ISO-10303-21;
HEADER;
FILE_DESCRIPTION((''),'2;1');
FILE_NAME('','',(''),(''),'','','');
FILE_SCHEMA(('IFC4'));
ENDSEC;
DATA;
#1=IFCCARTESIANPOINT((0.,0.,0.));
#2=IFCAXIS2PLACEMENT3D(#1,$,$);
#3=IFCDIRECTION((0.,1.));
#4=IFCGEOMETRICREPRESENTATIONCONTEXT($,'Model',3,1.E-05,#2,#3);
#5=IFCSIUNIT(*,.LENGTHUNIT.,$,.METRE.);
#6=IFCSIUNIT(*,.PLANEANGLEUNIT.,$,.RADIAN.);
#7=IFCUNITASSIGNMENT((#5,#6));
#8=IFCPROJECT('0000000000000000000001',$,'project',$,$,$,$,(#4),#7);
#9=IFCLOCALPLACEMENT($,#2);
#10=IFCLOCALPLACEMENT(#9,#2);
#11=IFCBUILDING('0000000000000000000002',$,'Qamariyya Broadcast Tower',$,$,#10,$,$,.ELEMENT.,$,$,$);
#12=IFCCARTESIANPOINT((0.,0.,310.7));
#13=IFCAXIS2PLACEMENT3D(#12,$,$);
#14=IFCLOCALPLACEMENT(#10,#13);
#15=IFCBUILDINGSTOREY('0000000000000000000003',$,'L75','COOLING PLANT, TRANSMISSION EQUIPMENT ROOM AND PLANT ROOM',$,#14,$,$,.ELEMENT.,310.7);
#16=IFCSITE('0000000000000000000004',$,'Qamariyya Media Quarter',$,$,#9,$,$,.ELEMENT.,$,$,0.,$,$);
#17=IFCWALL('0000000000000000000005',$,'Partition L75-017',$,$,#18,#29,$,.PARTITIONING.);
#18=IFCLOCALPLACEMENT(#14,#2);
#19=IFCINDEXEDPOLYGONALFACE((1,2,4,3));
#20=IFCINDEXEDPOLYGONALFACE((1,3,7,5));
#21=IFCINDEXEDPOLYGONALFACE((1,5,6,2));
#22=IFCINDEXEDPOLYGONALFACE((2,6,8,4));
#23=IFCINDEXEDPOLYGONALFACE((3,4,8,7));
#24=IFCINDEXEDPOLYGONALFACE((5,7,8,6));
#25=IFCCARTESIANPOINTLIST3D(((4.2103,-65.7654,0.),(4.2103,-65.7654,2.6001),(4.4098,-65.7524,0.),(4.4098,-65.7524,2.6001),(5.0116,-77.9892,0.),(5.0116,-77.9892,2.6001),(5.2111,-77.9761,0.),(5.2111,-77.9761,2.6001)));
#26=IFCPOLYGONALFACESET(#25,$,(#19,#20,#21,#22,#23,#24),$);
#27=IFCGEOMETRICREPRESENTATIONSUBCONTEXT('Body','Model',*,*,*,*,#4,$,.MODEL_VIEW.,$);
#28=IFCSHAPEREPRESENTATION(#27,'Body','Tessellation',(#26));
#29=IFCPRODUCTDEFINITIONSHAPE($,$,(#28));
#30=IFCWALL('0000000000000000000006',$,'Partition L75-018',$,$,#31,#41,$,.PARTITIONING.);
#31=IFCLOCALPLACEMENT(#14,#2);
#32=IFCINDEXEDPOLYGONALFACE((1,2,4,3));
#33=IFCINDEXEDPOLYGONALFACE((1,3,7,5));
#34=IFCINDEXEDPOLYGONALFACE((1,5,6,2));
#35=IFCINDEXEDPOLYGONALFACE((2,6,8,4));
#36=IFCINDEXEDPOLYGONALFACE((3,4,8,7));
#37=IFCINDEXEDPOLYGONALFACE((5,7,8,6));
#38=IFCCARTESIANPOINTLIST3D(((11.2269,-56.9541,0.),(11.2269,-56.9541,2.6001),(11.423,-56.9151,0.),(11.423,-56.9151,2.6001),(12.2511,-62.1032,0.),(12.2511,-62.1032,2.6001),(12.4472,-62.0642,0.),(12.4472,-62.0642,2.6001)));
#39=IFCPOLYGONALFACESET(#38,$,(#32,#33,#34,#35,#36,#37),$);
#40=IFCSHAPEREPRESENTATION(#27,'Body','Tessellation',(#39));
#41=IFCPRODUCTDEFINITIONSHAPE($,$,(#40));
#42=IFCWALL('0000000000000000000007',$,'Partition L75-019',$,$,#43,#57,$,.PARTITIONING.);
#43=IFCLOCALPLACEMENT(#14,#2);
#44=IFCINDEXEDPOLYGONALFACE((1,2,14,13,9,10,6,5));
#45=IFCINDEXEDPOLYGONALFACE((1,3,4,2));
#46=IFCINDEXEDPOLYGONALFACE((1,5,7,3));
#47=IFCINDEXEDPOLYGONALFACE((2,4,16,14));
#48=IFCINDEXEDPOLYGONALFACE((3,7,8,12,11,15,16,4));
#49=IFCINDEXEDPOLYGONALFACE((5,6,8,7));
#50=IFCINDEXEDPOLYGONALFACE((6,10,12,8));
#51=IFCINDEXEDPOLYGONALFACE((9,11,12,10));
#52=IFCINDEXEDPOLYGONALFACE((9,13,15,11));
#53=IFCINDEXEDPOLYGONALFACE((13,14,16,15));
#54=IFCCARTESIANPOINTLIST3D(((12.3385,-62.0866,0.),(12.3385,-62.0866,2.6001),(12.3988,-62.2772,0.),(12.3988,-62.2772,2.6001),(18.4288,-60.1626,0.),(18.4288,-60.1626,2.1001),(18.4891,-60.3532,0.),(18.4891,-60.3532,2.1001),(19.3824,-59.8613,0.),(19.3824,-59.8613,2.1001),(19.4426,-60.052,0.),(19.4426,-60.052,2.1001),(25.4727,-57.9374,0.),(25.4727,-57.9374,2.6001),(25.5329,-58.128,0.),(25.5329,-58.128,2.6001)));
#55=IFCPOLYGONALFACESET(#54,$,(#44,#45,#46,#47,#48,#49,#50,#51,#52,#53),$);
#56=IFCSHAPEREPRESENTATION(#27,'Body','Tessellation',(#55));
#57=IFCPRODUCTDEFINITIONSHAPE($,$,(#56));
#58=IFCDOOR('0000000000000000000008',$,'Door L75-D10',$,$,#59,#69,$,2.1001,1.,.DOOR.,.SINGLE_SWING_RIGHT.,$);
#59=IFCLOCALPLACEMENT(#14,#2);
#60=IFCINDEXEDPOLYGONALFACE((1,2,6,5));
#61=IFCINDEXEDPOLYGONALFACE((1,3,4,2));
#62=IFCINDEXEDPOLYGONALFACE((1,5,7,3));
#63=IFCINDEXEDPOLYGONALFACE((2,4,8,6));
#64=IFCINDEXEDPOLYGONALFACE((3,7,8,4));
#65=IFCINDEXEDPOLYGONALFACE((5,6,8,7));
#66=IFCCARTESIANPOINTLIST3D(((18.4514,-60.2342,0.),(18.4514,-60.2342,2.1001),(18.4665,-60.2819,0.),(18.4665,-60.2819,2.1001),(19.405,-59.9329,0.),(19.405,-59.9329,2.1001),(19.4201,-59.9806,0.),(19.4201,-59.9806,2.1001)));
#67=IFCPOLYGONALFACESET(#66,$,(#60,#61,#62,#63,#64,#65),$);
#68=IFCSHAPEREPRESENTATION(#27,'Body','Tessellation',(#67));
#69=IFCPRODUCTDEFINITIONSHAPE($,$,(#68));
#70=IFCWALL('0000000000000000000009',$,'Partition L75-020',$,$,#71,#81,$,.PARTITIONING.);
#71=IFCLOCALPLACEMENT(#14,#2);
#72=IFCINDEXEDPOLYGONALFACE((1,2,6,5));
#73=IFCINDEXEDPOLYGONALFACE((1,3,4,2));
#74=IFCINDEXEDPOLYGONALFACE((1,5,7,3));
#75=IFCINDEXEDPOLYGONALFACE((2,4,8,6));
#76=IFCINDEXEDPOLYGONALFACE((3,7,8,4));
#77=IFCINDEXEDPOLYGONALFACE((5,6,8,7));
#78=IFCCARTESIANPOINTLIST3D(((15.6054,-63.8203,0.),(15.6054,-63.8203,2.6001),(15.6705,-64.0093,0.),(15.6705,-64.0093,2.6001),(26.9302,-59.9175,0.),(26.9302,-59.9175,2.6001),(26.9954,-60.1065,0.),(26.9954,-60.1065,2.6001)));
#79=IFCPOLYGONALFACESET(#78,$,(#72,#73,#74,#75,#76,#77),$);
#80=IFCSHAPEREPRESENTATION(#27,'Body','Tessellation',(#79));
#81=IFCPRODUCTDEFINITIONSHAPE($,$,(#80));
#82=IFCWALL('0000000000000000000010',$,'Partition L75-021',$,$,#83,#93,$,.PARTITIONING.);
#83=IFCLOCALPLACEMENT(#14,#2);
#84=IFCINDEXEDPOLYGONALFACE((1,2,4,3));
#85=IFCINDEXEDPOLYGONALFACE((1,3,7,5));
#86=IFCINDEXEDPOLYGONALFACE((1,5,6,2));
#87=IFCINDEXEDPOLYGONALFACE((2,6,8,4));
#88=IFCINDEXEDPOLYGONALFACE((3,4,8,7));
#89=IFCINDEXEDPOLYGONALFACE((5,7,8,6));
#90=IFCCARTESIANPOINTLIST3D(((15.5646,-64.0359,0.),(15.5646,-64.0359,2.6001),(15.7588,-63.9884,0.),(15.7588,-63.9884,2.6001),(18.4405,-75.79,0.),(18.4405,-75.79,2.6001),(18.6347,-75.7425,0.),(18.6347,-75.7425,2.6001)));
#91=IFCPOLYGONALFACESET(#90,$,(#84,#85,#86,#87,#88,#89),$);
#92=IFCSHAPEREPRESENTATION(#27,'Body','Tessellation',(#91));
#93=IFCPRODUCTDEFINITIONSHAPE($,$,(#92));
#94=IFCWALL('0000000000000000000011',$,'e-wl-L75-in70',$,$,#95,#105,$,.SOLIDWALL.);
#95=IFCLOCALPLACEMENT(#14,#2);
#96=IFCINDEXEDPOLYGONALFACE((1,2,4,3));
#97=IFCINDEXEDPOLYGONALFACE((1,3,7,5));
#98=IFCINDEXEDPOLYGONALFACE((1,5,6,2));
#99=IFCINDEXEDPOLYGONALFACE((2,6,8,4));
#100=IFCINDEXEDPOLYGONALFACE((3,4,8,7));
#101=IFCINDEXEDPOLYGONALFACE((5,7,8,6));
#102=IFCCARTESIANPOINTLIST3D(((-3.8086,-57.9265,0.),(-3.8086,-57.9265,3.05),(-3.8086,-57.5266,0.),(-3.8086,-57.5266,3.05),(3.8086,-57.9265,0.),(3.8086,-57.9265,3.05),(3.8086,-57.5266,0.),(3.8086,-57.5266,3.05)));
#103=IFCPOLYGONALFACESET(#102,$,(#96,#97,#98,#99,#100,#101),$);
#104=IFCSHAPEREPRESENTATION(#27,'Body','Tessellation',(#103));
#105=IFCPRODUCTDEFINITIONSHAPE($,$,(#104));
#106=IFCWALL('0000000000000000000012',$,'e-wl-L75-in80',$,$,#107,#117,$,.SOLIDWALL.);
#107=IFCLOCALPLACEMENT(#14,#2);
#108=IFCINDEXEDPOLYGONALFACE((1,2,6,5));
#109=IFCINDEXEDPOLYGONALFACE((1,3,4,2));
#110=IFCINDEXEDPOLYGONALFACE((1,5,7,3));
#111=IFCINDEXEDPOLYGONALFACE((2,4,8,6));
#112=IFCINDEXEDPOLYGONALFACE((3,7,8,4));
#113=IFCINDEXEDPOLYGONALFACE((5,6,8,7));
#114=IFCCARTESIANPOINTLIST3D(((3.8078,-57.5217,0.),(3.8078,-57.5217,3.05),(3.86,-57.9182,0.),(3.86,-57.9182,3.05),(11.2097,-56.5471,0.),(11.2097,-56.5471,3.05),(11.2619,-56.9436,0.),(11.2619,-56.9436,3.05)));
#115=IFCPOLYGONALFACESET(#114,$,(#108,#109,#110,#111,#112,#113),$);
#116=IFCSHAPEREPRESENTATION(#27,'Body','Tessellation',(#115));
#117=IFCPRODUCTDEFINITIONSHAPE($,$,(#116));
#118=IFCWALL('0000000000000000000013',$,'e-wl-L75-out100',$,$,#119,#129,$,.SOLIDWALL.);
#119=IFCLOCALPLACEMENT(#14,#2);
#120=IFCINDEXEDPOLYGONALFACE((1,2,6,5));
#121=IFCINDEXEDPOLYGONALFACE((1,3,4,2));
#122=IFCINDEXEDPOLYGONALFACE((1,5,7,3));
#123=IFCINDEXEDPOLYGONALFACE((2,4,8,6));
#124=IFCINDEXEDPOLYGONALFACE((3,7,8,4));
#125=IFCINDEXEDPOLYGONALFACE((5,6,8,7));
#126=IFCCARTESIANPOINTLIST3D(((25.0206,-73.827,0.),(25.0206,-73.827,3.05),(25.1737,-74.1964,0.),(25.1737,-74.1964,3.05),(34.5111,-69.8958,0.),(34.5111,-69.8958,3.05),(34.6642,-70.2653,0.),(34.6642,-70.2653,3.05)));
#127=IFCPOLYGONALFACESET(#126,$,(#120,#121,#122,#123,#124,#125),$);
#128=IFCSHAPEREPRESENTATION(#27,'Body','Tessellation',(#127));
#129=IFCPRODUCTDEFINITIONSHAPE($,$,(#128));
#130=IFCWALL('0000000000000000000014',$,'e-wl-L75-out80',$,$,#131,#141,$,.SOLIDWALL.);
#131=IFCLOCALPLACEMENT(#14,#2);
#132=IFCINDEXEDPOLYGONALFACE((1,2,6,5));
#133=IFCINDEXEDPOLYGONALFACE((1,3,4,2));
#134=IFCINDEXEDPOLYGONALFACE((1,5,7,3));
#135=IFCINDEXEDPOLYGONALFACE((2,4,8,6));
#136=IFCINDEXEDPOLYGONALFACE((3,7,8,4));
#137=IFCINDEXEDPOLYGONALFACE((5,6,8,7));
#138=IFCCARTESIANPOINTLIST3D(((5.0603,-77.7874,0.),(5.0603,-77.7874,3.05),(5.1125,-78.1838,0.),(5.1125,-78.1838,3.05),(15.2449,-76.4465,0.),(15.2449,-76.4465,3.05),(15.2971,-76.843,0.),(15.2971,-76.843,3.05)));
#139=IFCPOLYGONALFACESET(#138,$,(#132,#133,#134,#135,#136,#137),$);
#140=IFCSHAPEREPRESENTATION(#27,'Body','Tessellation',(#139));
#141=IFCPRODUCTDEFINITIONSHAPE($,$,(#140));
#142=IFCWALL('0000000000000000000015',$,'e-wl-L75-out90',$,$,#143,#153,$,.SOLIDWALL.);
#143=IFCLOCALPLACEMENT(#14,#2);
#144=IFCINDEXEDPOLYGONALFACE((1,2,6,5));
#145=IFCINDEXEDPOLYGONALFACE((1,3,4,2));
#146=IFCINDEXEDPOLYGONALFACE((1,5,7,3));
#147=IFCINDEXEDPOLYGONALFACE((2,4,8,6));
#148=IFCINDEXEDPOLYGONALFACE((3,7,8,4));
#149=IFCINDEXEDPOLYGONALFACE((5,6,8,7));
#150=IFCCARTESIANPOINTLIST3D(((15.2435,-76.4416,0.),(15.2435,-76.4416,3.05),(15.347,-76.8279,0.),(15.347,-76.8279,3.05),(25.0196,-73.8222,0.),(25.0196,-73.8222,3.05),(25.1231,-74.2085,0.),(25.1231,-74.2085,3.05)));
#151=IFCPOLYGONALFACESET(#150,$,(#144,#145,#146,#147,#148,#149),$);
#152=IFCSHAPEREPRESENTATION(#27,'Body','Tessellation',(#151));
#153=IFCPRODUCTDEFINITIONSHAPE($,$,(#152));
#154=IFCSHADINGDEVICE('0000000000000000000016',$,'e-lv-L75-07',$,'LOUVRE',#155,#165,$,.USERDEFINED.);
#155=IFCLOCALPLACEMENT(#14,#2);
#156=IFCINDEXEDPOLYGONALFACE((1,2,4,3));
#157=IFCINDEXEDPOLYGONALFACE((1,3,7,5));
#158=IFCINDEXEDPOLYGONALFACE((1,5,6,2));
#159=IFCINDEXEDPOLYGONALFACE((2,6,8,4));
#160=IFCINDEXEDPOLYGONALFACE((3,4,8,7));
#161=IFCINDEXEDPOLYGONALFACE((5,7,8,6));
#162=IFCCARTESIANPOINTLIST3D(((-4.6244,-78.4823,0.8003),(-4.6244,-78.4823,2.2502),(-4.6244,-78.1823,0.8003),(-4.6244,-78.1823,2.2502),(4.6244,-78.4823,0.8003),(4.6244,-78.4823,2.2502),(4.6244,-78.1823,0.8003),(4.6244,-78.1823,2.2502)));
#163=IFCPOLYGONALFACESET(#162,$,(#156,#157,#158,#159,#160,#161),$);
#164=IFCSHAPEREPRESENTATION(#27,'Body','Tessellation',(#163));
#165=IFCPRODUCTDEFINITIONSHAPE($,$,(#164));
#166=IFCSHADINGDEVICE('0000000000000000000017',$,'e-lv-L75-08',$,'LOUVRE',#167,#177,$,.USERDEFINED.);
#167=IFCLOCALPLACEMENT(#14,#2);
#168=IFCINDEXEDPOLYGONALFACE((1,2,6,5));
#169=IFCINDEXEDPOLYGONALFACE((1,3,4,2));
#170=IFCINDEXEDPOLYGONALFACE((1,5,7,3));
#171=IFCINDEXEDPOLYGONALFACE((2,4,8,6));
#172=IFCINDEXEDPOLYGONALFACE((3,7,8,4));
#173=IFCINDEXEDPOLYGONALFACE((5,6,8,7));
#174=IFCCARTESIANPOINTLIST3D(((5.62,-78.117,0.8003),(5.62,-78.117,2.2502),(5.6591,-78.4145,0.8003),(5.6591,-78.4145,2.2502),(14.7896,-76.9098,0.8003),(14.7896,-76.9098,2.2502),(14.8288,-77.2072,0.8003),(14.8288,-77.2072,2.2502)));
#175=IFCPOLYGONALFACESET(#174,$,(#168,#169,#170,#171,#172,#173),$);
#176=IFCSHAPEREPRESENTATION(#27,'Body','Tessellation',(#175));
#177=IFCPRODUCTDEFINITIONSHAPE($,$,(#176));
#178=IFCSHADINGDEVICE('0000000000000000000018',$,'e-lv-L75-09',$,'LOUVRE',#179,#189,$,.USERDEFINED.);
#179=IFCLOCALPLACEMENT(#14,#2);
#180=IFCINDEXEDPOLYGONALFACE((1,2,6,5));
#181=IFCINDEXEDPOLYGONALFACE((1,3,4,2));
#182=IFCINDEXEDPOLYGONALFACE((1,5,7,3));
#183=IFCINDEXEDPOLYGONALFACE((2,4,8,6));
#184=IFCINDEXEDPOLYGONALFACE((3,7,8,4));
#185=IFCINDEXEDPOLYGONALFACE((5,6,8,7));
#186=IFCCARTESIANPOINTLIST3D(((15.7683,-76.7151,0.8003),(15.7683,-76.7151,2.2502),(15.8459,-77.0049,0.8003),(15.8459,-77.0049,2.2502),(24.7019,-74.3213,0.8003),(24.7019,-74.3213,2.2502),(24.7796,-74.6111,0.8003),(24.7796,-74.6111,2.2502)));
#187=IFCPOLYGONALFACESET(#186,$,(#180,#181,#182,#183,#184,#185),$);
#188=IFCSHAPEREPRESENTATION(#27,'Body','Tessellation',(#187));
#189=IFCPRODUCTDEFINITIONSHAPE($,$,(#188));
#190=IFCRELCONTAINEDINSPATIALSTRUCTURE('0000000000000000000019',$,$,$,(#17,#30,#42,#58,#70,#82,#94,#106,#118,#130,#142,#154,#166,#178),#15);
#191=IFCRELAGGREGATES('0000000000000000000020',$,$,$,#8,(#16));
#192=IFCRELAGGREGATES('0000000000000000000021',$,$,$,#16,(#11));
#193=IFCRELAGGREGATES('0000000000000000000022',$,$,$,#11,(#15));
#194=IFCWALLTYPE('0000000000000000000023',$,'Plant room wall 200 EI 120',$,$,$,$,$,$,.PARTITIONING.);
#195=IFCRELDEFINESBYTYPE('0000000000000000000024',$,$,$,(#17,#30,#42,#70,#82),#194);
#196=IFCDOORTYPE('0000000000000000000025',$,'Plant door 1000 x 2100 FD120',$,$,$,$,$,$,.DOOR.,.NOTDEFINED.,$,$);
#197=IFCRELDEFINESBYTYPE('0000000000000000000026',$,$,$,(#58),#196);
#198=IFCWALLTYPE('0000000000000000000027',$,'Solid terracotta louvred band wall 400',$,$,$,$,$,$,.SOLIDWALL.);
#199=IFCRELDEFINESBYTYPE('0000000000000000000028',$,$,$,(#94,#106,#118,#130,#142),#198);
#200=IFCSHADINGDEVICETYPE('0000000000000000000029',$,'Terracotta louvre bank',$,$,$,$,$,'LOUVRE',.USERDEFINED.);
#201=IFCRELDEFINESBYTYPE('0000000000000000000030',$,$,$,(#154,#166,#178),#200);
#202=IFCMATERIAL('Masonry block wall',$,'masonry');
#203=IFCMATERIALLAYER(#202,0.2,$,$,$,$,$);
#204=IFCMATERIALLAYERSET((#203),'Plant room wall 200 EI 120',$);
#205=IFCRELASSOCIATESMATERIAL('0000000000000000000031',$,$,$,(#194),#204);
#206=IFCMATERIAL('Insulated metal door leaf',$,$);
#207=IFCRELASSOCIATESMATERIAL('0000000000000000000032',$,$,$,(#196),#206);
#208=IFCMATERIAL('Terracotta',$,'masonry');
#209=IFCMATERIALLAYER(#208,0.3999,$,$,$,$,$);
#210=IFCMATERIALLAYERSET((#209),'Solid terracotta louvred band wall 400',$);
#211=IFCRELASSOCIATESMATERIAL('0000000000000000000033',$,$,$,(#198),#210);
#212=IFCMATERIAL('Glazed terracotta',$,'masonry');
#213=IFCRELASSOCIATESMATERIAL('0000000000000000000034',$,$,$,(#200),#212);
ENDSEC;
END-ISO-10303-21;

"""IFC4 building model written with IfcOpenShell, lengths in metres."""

from ifc_helpers import new_model, si_unit, direction, frame, frame_2d, origin, origin_2d, place, context, subcontext, project, spatial, rectangle, extrude, material, layer, layer_set, type_object, element, fill, save


model = new_model("IFC4")

# Units and contexts
model_context = context("Model", 3, precision=1e-05, world=origin(), true_north=direction((0.0, 1.0)))
body_context = subcontext(model_context, "Body", "Model", "MODEL_VIEW")
ifc_project = project(units=[si_unit("LENGTHUNIT", "METRE"), si_unit("PLANEANGLEUNIT", "RADIAN")], contexts=[model_context])

# Site, building, storey
site_placement = place(None, origin())
site = spatial("IfcSite", under=ifc_project, at=site_placement, Name="Qamariyya Media Quarter", CompositionType="ELEMENT", RefElevation=0.0)
building_placement = place(site_placement, origin())
building = spatial("IfcBuilding", under=site, at=building_placement, Name="Qamariyya Broadcast Tower", CompositionType="ELEMENT")
storey_placement = place(building_placement, frame((0.0, 0.0, 310.7)))
storey = spatial("IfcBuildingStorey", under=building, at=storey_placement, Name="L75", Description="COOLING PLANT, TRANSMISSION EQUIPMENT ROOM AND PLANT ROOM", CompositionType="ELEMENT", Elevation=310.7)

# Shared definitions
ifc_material_1 = material(Name="Masonry block wall", Category="masonry")
ifc_layer_1 = layer(ifc_material_1, 0.2)
ifc_layer_set_1 = layer_set([ifc_layer_1], Name="Plant room wall 200 EI 120")
wall_type_1 = type_object("IfcWallType", Name="Plant room wall 200 EI 120", PredefinedType="PARTITIONING", material=ifc_layer_set_1)
ifc_material_2 = material(Name="Insulated metal door leaf")

# Shared definitions
door_type_1 = type_object("IfcDoorType", Name="Plant door 1000 x 2100 FD120", OperationType="NOTDEFINED", PredefinedType="DOOR", material=ifc_material_2)

# Walls
wall_1_placement = place(storey_placement, frame((5.1113, -77.9827, 0.0), z_axis=(0.0, 0.0, 1.0), x_axis=(-0.065409, 0.997859, 0.0)))
element("IfcWall", 1, at=wall_1_placement, inside=storey, type_object=wall_type_1, Name="Partition L75-017", PredefinedType="PARTITIONING", context=body_context, shape_type="SweptSolid", body=[
    extrude(rectangle(XDim=12.25, YDim=0.2, at=frame_2d((6.125, 0.0))), origin(), (0.0, 0.0, 1.0), 2.6001),
])
wall_2_placement = place(storey_placement, frame((11.325, -56.9346, 0.0), z_axis=(0.0, 0.0, 1.0), x_axis=(0.195079, -0.980788, 0.0)))
element("IfcWall", 2, at=wall_2_placement, inside=storey, type_object=wall_type_1, Name="Partition L75-018", PredefinedType="PARTITIONING", context=body_context, shape_type="SweptSolid", body=[
    extrude(rectangle(XDim=5.25, YDim=0.2, at=frame_2d((2.625, 0.0))), origin(), (0.0, 0.0, 1.0), 2.6001),
])

# Wall, opening, door
wall_3_placement = place(storey_placement, frame((12.3687, -62.1819, 0.0), z_axis=(0.0, 0.0, 1.0), x_axis=(0.95355, 0.301236, 0.0)))
wall_3 = element("IfcWall", 3, at=wall_3_placement, inside=storey, type_object=wall_type_1, Name="Partition L75-019", PredefinedType="PARTITIONING", context=body_context, shape_type="SweptSolid", body=[
    extrude(rectangle(XDim=13.7739, YDim=0.2, at=frame_2d((6.887, 0.0))), origin(), (0.0, 0.0, 1.0), 2.6001),
])
opening_1_placement = place(wall_3_placement, frame((6.387, 0.0, 0.0)))
opening_1 = element("IfcOpeningElement", 4, at=opening_1_placement, cuts=wall_3, PredefinedType="OPENING", context=body_context, shape_type="SweptSolid", body=[
    extrude(rectangle(XDim=1.0, YDim=2.1001, at=frame_2d((0.5, 1.05))), frame((0.0, 0.1099, 0.0), z_axis=(0.0, -1.0, 0.0), x_axis=(1.0, 0.0, 0.0)), (0.0, 0.0, 1.0), 0.22),
])
door_1_placement = place(opening_1_placement, origin())
door_1 = element("IfcDoor", 5, at=door_1_placement, inside=storey, type_object=door_type_1, Name="Door L75-D10", OperationType="SINGLE_SWING_RIGHT", OverallHeight=2.1001, OverallWidth=1.0, PredefinedType="DOOR", context=body_context, shape_type="SweptSolid", body=[
    extrude(rectangle(XDim=1.0, YDim=2.1001, at=frame_2d((0.5, 1.05))), frame((0.0, 0.0249, 0.0), z_axis=(0.0, -1.0, 0.0), x_axis=(1.0, 0.0, 0.0)), (0.0, 0.0, 1.0), 0.05),
])
fill(opening_1, door_1)

# Walls
wall_4_placement = place(storey_placement, frame((15.6379, -63.9148, 0.0), z_axis=(0.0, 0.0, 1.0), x_axis=(0.945433, 0.325817, 0.0)))
element("IfcWall", 6, at=wall_4_placement, inside=storey, type_object=wall_type_1, Name="Partition L75-020", PredefinedType="PARTITIONING", context=body_context, shape_type="SweptSolid", body=[
    extrude(rectangle(XDim=11.9785, YDim=0.2, at=frame_2d((5.9893, 0.0))), origin(), (0.0, 0.0, 1.0), 2.6001),
])
wall_5_placement = place(storey_placement, frame((18.5376, -75.7661, 0.0), z_axis=(0.0, 0.0, 1.0), x_axis=(-0.237667, 0.971347, 0.0)))
element("IfcWall", 7, at=wall_5_placement, inside=storey, type_object=wall_type_1, Name="Partition L75-021", PredefinedType="PARTITIONING", context=body_context, shape_type="SweptSolid", body=[
    extrude(rectangle(XDim=12.1008, YDim=0.2, at=frame_2d((6.0503, 0.0))), origin(), (0.0, 0.0, 1.0), 2.6001),
])
ifc_material_3 = material(Name="Terracotta", Category="masonry")
ifc_layer_2 = layer(ifc_material_3, 0.3999)
ifc_layer_set_2 = layer_set([ifc_layer_2], Name="Solid terracotta louvred band wall 400")
wall_type_2 = type_object("IfcWallType", Name="Solid terracotta louvred band wall 400", PredefinedType="SOLIDWALL", material=ifc_layer_set_2)
wall_6_placement = place(storey_placement, frame((3.8086, -57.7266, 0.0), z_axis=(0.0, 0.0, 1.0), x_axis=(-1.0, 0.0, 0.0)))
element("IfcWall", 8, at=wall_6_placement, inside=storey, type_object=wall_type_2, Name="e-wl-L75-in70", PredefinedType="SOLIDWALL", context=body_context, shape_type="SweptSolid", body=[
    extrude(rectangle(XDim=7.6172, YDim=0.3999, at=frame_2d((3.8086, 0.0))), origin(), (0.0, 0.0, 1.0), 3.05),
])
wall_7_placement = place(storey_placement, frame((11.2358, -56.7454, 0.0), z_axis=(0.0, 0.0, 1.0), x_axis=(-0.991442, -0.130544, 0.0)))
element("IfcWall", 9, at=wall_7_placement, inside=storey, type_object=wall_type_2, Name="e-wl-L75-in80", PredefinedType="SOLIDWALL", context=body_context, shape_type="SweptSolid", body=[
    extrude(rectangle(XDim=7.4658, YDim=0.3999, at=frame_2d((3.7329, 0.0))), origin(), (0.0, 0.0, 1.0), 3.05),
])
for number, where, z_axis, x_axis, name in (
    (10, (25.0972, -74.0117, 0.0), (0.0, 0.0, 1.0), (0.923877, 0.382689, 0.0), "e-wl-L75-out100"),
    (11, (5.0864, -77.9856, 0.0), (0.0, 0.0, 1.0), (0.991445, 0.130526, 0.0), "e-wl-L75-out80"),
):
    element("IfcWall", number, at=place(storey_placement, frame(where, z_axis=z_axis, x_axis=x_axis)), inside=storey, type_object=wall_type_2, Name=name, PredefinedType="SOLIDWALL", context=body_context, shape_type="SweptSolid", body=[
        extrude(rectangle(XDim=10.2725, YDim=0.3999, at=frame_2d((5.1362, 0.0))), origin(), (0.0, 0.0, 1.0), 3.05),
    ])
wall_8_placement = place(storey_placement, frame((15.2952, -76.6348, 0.0), z_axis=(0.0, 0.0, 1.0), x_axis=(0.965929, 0.258808, 0.0)))
element("IfcWall", 12, at=wall_8_placement, inside=storey, type_object=wall_type_2, Name="e-wl-L75-out90", PredefinedType="SOLIDWALL", context=body_context, shape_type="SweptSolid", body=[
    extrude(rectangle(XDim=10.1208, YDim=0.3999, at=frame_2d((5.0605, 0.0))), origin(), (0.0, 0.0, 1.0), 3.05),
])

# Shading devices
ifc_material_4 = material(Name="Glazed terracotta", Category="masonry")
shading_device_type = type_object("IfcShadingDeviceType", Name="Terracotta louvre bank", ElementType="LOUVRE", PredefinedType="USERDEFINED", material=ifc_material_4)
for number, where, z_axis, x_axis, name in (
    (13, (0.0, -78.3323, 0.8003), (0.0, 0.0, 1.0), (1.0, 0.0, 0.0), "e-lv-L75-07"),
    (14, (10.2244, -77.6621, 0.8003), (0.0, 0.0, 1.0), (0.991445, 0.130526, 0.0), "e-lv-L75-08"),
    (15, (20.2739, -75.6631, 0.8003), (0.0, 0.0, 1.0), (0.965926, 0.258819, 0.0), "e-lv-L75-09"),
):
    element("IfcShadingDevice", number, at=place(storey_placement, frame(where, z_axis=z_axis, x_axis=x_axis)), inside=storey, type_object=shading_device_type, Name=name, ObjectType="LOUVRE", PredefinedType="USERDEFINED", context=body_context, shape_type="SweptSolid", body=[
        extrude(rectangle(XDim=9.2488, YDim=0.3, at=origin_2d()), origin(), (0.0, 0.0, 1.0), 1.45),
    ])

save(model, "model.ifc")
